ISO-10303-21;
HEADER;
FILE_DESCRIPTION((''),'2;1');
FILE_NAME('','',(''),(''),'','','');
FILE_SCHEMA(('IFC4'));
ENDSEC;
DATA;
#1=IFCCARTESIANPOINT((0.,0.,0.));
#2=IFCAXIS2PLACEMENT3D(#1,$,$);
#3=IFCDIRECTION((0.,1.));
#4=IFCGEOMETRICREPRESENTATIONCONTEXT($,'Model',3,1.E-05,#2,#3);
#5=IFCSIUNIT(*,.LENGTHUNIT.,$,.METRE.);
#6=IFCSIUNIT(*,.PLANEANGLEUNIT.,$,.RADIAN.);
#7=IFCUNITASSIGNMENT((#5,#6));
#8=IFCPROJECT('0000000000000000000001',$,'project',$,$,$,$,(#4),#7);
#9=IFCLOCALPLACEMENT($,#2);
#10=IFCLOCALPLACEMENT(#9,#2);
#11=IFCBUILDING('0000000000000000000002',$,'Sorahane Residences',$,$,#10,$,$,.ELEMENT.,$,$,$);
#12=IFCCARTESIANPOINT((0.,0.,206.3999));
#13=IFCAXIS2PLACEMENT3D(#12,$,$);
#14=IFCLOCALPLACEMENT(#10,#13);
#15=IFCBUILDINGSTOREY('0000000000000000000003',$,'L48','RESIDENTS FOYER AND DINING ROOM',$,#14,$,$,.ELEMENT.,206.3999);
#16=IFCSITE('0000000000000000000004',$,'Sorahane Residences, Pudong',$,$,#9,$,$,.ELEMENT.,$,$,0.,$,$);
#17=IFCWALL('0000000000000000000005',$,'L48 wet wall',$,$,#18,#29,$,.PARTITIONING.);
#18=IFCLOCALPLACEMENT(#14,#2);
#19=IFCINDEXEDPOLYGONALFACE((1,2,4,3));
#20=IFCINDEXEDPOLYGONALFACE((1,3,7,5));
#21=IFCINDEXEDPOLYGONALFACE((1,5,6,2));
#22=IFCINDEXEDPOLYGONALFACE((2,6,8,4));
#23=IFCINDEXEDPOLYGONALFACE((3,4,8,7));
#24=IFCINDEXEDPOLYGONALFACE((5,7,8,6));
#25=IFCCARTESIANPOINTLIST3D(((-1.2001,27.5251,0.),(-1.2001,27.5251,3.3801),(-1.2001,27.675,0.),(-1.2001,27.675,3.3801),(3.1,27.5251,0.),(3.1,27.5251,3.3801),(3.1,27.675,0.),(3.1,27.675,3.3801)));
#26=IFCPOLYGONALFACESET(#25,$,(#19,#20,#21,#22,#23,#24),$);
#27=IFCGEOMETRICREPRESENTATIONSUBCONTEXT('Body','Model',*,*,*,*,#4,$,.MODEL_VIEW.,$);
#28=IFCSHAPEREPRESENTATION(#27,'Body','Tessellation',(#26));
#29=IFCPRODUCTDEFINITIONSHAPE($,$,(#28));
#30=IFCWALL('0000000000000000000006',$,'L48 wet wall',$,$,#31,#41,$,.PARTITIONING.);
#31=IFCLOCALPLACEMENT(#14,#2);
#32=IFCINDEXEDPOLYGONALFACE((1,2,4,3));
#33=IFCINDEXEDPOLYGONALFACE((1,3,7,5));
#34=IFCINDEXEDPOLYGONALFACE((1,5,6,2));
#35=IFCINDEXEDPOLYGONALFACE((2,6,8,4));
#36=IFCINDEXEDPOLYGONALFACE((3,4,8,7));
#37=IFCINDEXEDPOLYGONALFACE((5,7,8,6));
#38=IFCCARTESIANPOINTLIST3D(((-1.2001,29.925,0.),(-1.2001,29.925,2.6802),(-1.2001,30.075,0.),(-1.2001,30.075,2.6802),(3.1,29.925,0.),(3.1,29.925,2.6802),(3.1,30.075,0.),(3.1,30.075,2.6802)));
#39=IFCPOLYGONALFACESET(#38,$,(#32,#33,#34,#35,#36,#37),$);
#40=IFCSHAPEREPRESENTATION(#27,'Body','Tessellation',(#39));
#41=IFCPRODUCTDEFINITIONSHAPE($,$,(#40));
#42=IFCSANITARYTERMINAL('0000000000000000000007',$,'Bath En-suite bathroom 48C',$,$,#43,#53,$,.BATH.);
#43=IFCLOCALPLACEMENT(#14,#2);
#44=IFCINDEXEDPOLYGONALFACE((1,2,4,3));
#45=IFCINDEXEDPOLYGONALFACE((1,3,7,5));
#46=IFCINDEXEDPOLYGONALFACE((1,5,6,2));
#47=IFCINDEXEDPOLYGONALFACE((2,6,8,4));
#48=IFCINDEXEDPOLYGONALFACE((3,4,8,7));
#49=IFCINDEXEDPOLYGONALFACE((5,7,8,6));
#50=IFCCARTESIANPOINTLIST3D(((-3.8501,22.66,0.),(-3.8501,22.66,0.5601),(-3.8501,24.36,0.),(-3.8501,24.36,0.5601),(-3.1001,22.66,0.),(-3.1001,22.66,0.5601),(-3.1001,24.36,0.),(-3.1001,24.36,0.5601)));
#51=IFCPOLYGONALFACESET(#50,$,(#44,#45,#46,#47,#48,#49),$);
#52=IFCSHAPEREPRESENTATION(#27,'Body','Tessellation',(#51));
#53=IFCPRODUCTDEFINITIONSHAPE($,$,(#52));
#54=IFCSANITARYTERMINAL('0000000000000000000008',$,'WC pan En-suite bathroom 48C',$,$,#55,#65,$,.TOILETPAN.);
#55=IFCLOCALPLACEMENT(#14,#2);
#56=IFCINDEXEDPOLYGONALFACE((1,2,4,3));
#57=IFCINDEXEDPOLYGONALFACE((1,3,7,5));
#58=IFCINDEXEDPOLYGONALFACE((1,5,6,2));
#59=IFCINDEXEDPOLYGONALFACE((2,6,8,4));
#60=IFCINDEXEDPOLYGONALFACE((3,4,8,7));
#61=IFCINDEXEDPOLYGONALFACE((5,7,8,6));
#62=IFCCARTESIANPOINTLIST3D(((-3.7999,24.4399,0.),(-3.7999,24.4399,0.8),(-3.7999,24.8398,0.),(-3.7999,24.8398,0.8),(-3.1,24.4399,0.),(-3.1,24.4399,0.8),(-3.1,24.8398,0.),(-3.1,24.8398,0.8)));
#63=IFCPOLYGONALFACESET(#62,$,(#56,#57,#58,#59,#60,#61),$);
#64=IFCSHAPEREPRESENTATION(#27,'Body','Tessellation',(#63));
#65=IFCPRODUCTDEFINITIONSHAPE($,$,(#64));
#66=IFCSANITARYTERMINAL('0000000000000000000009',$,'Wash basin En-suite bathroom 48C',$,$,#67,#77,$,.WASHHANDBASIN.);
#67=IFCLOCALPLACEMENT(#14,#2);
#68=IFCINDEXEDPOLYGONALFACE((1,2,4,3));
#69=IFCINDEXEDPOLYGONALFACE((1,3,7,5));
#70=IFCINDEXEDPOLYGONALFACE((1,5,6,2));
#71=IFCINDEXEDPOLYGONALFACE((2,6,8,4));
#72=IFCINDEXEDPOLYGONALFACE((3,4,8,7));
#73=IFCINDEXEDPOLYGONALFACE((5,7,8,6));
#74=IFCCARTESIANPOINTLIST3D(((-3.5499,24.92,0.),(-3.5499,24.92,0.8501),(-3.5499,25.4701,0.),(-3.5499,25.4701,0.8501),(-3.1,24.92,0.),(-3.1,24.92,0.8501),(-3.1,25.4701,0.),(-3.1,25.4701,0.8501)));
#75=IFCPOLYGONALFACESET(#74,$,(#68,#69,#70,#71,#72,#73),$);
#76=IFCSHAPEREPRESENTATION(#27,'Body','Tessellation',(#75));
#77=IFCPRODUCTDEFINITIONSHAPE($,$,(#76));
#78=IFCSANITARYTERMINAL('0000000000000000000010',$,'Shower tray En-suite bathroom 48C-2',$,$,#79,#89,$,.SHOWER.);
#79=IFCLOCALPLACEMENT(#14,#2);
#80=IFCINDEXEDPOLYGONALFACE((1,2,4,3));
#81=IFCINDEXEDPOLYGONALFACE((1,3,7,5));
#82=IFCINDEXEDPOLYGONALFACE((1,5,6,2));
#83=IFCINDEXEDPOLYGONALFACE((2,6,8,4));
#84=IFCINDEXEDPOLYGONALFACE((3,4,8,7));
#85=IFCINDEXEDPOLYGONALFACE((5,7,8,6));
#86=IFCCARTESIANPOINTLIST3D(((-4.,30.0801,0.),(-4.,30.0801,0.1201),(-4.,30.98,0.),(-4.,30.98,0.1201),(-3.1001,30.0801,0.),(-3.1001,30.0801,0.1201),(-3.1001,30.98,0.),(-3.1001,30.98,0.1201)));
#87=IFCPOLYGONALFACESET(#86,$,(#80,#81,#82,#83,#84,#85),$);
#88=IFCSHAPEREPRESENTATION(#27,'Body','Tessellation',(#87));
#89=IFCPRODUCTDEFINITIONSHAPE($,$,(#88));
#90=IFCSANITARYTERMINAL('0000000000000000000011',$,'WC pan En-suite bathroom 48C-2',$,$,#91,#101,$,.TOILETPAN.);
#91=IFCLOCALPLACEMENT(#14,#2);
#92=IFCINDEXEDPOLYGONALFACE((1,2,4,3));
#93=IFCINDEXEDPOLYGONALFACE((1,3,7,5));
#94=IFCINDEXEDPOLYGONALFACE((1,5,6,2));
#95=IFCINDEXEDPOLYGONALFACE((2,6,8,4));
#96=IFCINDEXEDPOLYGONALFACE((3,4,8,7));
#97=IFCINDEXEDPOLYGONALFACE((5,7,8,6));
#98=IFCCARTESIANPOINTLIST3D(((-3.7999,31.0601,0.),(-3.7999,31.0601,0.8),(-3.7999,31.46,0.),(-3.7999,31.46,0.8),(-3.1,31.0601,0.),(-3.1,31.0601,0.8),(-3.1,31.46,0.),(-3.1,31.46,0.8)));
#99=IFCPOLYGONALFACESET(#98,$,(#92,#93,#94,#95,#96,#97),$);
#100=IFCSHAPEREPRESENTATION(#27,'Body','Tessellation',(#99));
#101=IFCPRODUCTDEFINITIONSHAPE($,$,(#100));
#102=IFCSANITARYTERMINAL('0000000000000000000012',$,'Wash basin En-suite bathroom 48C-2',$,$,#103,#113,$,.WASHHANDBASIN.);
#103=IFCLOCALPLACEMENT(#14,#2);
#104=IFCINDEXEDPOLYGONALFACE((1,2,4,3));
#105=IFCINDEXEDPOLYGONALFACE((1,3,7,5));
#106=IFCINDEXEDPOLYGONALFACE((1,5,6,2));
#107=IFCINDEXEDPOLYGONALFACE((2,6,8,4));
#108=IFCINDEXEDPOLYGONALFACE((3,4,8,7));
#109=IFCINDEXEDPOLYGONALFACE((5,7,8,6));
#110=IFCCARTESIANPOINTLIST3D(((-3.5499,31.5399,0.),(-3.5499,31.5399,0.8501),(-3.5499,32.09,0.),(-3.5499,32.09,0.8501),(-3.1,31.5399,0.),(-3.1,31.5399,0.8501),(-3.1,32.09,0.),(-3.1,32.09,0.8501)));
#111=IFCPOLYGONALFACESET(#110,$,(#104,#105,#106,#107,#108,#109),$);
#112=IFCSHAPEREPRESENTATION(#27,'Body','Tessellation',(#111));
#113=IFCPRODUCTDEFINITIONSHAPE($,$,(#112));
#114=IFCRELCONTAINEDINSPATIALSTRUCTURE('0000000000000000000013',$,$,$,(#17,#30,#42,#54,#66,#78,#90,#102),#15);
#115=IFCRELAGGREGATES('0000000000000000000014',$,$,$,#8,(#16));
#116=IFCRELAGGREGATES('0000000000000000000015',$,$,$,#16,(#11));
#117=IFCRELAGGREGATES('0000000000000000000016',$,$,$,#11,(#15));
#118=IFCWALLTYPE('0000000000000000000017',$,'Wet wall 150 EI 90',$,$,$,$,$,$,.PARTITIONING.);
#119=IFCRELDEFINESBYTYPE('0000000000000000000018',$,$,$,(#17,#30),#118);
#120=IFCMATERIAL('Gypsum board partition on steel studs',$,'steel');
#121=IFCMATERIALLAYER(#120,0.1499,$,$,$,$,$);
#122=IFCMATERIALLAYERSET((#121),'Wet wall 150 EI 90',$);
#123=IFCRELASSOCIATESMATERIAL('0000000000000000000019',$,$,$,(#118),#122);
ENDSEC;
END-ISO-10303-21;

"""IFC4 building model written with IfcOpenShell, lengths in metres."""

from ifc_helpers import new_model, si_unit, direction, frame, frame_2d, origin, origin_2d, place, context, subcontext, project, spatial, rectangle, extrude, material, layer, layer_set, type_object, element, save


model = new_model("IFC4")

# Units and contexts
model_context = context("Model", 3, precision=1e-05, world=origin(), true_north=direction((0.0, 1.0)))
body_context = subcontext(model_context, "Body", "Model", "MODEL_VIEW")
ifc_project = project(units=[si_unit("LENGTHUNIT", "METRE"), si_unit("PLANEANGLEUNIT", "RADIAN")], contexts=[model_context])

# Site, building, storey
site_placement = place(None, origin())
site = spatial("IfcSite", under=ifc_project, at=site_placement, Name="Sorahane Residences, Pudong", CompositionType="ELEMENT", RefElevation=0.0)
building_placement = place(site_placement, origin())
building = spatial("IfcBuilding", under=site, at=building_placement, Name="Sorahane Residences", CompositionType="ELEMENT")
storey_placement = place(building_placement, frame((0.0, 0.0, 206.3999)))
storey = spatial("IfcBuildingStorey", under=building, at=storey_placement, Name="L48", Description="RESIDENTS FOYER AND DINING ROOM", CompositionType="ELEMENT", Elevation=206.3999)

# Shared definitions
ifc_material_1 = material(Name="Gypsum board partition on steel studs", Category="steel")
ifc_layer_1 = layer(ifc_material_1, 0.1499)
ifc_layer_set_1 = layer_set([ifc_layer_1], Name="Wet wall 150 EI 90")
wall_type_1 = type_object("IfcWallType", Name="Wet wall 150 EI 90", PredefinedType="PARTITIONING", material=ifc_layer_set_1)

# Walls
wall_1_placement = place(storey_placement, frame((-1.2, 27.6001, 0.0), z_axis=(0.0, 0.0, 1.0), x_axis=(1.0, 0.0, 0.0)))
element("IfcWall", 1, at=wall_1_placement, inside=storey, type_object=wall_type_1, Name="L48 wet wall", PredefinedType="PARTITIONING", context=body_context, shape_type="SweptSolid", body=[
    extrude(rectangle(XDim=4.3, YDim=0.1499, at=frame_2d((2.1499, 0.0))), origin(), (0.0, 0.0, 1.0), 3.3801),
])
wall_2_placement = place(storey_placement, frame((-1.2, 30.0, 0.0), z_axis=(0.0, 0.0, 1.0), x_axis=(1.0, 0.0, 0.0)))
element("IfcWall", 2, at=wall_2_placement, inside=storey, type_object=wall_type_1, Name="L48 wet wall", PredefinedType="PARTITIONING", context=body_context, shape_type="SweptSolid", body=[
    extrude(rectangle(XDim=4.3, YDim=0.1499, at=frame_2d((2.1499, 0.0))), origin(), (0.0, 0.0, 1.0), 2.6802),
])

# Sanitary terminals
sanitary_terminal_1_placement = place(storey_placement, frame((-3.4751, 23.51, 0.0), z_axis=(0.0, 0.0, 1.0), x_axis=(0.0, -1.0, 0.0)))
element("IfcSanitaryTerminal", 3, at=sanitary_terminal_1_placement, inside=storey, Name="Bath En-suite bathroom 48C", PredefinedType="BATH", context=body_context, shape_type="SweptSolid", body=[
    extrude(rectangle(XDim=1.7, YDim=0.75, at=origin_2d()), origin(), (0.0, 0.0, 1.0), 0.5601),
])
sanitary_terminal_2_placement = place(storey_placement, frame((-3.45, 24.6399, 0.0), z_axis=(0.0, 0.0, 1.0), x_axis=(0.0, -1.0, 0.0)))
element("IfcSanitaryTerminal", 4, at=sanitary_terminal_2_placement, inside=storey, Name="WC pan En-suite bathroom 48C", PredefinedType="TOILETPAN", context=body_context, shape_type="SweptSolid", body=[
    extrude(rectangle(XDim=0.3999, YDim=0.7, at=origin_2d()), origin(), (0.0, 0.0, 1.0), 0.8),
])
sanitary_terminal_3_placement = place(storey_placement, frame((-3.325, 25.1951, 0.0), z_axis=(0.0, 0.0, 1.0), x_axis=(0.0, -1.0, 0.0)))
element("IfcSanitaryTerminal", 5, at=sanitary_terminal_3_placement, inside=storey, Name="Wash basin En-suite bathroom 48C", PredefinedType="WASHHANDBASIN", context=body_context, shape_type="SweptSolid", body=[
    extrude(rectangle(XDim=0.55, YDim=0.45, at=origin_2d()), origin(), (0.0, 0.0, 1.0), 0.8501),
])
sanitary_terminal_4_placement = place(storey_placement, frame((-3.55, 30.53, 0.0), z_axis=(0.0, 0.0, 1.0), x_axis=(0.0, -1.0, 0.0)))
element("IfcSanitaryTerminal", 6, at=sanitary_terminal_4_placement, inside=storey, Name="Shower tray En-suite bathroom 48C-2", PredefinedType="SHOWER", context=body_context, shape_type="SweptSolid", body=[
    extrude(rectangle(XDim=0.8999, YDim=0.8999, at=origin_2d()), origin(), (0.0, 0.0, 1.0), 0.1201),
])
sanitary_terminal_5_placement = place(storey_placement, frame((-3.45, 31.26, 0.0), z_axis=(0.0, 0.0, 1.0), x_axis=(0.0, -1.0, 0.0)))
element("IfcSanitaryTerminal", 7, at=sanitary_terminal_5_placement, inside=storey, Name="WC pan En-suite bathroom 48C-2", PredefinedType="TOILETPAN", context=body_context, shape_type="SweptSolid", body=[
    extrude(rectangle(XDim=0.3999, YDim=0.7, at=origin_2d()), origin(), (0.0, 0.0, 1.0), 0.8),
])
sanitary_terminal_6_placement = place(storey_placement, frame((-3.325, 31.8149, 0.0), z_axis=(0.0, 0.0, 1.0), x_axis=(0.0, -1.0, 0.0)))
element("IfcSanitaryTerminal", 8, at=sanitary_terminal_6_placement, inside=storey, Name="Wash basin En-suite bathroom 48C-2", PredefinedType="WASHHANDBASIN", context=body_context, shape_type="SweptSolid", body=[
    extrude(rectangle(XDim=0.55, YDim=0.45, at=origin_2d()), origin(), (0.0, 0.0, 1.0), 0.8501),
])

save(model, "model.ifc")
